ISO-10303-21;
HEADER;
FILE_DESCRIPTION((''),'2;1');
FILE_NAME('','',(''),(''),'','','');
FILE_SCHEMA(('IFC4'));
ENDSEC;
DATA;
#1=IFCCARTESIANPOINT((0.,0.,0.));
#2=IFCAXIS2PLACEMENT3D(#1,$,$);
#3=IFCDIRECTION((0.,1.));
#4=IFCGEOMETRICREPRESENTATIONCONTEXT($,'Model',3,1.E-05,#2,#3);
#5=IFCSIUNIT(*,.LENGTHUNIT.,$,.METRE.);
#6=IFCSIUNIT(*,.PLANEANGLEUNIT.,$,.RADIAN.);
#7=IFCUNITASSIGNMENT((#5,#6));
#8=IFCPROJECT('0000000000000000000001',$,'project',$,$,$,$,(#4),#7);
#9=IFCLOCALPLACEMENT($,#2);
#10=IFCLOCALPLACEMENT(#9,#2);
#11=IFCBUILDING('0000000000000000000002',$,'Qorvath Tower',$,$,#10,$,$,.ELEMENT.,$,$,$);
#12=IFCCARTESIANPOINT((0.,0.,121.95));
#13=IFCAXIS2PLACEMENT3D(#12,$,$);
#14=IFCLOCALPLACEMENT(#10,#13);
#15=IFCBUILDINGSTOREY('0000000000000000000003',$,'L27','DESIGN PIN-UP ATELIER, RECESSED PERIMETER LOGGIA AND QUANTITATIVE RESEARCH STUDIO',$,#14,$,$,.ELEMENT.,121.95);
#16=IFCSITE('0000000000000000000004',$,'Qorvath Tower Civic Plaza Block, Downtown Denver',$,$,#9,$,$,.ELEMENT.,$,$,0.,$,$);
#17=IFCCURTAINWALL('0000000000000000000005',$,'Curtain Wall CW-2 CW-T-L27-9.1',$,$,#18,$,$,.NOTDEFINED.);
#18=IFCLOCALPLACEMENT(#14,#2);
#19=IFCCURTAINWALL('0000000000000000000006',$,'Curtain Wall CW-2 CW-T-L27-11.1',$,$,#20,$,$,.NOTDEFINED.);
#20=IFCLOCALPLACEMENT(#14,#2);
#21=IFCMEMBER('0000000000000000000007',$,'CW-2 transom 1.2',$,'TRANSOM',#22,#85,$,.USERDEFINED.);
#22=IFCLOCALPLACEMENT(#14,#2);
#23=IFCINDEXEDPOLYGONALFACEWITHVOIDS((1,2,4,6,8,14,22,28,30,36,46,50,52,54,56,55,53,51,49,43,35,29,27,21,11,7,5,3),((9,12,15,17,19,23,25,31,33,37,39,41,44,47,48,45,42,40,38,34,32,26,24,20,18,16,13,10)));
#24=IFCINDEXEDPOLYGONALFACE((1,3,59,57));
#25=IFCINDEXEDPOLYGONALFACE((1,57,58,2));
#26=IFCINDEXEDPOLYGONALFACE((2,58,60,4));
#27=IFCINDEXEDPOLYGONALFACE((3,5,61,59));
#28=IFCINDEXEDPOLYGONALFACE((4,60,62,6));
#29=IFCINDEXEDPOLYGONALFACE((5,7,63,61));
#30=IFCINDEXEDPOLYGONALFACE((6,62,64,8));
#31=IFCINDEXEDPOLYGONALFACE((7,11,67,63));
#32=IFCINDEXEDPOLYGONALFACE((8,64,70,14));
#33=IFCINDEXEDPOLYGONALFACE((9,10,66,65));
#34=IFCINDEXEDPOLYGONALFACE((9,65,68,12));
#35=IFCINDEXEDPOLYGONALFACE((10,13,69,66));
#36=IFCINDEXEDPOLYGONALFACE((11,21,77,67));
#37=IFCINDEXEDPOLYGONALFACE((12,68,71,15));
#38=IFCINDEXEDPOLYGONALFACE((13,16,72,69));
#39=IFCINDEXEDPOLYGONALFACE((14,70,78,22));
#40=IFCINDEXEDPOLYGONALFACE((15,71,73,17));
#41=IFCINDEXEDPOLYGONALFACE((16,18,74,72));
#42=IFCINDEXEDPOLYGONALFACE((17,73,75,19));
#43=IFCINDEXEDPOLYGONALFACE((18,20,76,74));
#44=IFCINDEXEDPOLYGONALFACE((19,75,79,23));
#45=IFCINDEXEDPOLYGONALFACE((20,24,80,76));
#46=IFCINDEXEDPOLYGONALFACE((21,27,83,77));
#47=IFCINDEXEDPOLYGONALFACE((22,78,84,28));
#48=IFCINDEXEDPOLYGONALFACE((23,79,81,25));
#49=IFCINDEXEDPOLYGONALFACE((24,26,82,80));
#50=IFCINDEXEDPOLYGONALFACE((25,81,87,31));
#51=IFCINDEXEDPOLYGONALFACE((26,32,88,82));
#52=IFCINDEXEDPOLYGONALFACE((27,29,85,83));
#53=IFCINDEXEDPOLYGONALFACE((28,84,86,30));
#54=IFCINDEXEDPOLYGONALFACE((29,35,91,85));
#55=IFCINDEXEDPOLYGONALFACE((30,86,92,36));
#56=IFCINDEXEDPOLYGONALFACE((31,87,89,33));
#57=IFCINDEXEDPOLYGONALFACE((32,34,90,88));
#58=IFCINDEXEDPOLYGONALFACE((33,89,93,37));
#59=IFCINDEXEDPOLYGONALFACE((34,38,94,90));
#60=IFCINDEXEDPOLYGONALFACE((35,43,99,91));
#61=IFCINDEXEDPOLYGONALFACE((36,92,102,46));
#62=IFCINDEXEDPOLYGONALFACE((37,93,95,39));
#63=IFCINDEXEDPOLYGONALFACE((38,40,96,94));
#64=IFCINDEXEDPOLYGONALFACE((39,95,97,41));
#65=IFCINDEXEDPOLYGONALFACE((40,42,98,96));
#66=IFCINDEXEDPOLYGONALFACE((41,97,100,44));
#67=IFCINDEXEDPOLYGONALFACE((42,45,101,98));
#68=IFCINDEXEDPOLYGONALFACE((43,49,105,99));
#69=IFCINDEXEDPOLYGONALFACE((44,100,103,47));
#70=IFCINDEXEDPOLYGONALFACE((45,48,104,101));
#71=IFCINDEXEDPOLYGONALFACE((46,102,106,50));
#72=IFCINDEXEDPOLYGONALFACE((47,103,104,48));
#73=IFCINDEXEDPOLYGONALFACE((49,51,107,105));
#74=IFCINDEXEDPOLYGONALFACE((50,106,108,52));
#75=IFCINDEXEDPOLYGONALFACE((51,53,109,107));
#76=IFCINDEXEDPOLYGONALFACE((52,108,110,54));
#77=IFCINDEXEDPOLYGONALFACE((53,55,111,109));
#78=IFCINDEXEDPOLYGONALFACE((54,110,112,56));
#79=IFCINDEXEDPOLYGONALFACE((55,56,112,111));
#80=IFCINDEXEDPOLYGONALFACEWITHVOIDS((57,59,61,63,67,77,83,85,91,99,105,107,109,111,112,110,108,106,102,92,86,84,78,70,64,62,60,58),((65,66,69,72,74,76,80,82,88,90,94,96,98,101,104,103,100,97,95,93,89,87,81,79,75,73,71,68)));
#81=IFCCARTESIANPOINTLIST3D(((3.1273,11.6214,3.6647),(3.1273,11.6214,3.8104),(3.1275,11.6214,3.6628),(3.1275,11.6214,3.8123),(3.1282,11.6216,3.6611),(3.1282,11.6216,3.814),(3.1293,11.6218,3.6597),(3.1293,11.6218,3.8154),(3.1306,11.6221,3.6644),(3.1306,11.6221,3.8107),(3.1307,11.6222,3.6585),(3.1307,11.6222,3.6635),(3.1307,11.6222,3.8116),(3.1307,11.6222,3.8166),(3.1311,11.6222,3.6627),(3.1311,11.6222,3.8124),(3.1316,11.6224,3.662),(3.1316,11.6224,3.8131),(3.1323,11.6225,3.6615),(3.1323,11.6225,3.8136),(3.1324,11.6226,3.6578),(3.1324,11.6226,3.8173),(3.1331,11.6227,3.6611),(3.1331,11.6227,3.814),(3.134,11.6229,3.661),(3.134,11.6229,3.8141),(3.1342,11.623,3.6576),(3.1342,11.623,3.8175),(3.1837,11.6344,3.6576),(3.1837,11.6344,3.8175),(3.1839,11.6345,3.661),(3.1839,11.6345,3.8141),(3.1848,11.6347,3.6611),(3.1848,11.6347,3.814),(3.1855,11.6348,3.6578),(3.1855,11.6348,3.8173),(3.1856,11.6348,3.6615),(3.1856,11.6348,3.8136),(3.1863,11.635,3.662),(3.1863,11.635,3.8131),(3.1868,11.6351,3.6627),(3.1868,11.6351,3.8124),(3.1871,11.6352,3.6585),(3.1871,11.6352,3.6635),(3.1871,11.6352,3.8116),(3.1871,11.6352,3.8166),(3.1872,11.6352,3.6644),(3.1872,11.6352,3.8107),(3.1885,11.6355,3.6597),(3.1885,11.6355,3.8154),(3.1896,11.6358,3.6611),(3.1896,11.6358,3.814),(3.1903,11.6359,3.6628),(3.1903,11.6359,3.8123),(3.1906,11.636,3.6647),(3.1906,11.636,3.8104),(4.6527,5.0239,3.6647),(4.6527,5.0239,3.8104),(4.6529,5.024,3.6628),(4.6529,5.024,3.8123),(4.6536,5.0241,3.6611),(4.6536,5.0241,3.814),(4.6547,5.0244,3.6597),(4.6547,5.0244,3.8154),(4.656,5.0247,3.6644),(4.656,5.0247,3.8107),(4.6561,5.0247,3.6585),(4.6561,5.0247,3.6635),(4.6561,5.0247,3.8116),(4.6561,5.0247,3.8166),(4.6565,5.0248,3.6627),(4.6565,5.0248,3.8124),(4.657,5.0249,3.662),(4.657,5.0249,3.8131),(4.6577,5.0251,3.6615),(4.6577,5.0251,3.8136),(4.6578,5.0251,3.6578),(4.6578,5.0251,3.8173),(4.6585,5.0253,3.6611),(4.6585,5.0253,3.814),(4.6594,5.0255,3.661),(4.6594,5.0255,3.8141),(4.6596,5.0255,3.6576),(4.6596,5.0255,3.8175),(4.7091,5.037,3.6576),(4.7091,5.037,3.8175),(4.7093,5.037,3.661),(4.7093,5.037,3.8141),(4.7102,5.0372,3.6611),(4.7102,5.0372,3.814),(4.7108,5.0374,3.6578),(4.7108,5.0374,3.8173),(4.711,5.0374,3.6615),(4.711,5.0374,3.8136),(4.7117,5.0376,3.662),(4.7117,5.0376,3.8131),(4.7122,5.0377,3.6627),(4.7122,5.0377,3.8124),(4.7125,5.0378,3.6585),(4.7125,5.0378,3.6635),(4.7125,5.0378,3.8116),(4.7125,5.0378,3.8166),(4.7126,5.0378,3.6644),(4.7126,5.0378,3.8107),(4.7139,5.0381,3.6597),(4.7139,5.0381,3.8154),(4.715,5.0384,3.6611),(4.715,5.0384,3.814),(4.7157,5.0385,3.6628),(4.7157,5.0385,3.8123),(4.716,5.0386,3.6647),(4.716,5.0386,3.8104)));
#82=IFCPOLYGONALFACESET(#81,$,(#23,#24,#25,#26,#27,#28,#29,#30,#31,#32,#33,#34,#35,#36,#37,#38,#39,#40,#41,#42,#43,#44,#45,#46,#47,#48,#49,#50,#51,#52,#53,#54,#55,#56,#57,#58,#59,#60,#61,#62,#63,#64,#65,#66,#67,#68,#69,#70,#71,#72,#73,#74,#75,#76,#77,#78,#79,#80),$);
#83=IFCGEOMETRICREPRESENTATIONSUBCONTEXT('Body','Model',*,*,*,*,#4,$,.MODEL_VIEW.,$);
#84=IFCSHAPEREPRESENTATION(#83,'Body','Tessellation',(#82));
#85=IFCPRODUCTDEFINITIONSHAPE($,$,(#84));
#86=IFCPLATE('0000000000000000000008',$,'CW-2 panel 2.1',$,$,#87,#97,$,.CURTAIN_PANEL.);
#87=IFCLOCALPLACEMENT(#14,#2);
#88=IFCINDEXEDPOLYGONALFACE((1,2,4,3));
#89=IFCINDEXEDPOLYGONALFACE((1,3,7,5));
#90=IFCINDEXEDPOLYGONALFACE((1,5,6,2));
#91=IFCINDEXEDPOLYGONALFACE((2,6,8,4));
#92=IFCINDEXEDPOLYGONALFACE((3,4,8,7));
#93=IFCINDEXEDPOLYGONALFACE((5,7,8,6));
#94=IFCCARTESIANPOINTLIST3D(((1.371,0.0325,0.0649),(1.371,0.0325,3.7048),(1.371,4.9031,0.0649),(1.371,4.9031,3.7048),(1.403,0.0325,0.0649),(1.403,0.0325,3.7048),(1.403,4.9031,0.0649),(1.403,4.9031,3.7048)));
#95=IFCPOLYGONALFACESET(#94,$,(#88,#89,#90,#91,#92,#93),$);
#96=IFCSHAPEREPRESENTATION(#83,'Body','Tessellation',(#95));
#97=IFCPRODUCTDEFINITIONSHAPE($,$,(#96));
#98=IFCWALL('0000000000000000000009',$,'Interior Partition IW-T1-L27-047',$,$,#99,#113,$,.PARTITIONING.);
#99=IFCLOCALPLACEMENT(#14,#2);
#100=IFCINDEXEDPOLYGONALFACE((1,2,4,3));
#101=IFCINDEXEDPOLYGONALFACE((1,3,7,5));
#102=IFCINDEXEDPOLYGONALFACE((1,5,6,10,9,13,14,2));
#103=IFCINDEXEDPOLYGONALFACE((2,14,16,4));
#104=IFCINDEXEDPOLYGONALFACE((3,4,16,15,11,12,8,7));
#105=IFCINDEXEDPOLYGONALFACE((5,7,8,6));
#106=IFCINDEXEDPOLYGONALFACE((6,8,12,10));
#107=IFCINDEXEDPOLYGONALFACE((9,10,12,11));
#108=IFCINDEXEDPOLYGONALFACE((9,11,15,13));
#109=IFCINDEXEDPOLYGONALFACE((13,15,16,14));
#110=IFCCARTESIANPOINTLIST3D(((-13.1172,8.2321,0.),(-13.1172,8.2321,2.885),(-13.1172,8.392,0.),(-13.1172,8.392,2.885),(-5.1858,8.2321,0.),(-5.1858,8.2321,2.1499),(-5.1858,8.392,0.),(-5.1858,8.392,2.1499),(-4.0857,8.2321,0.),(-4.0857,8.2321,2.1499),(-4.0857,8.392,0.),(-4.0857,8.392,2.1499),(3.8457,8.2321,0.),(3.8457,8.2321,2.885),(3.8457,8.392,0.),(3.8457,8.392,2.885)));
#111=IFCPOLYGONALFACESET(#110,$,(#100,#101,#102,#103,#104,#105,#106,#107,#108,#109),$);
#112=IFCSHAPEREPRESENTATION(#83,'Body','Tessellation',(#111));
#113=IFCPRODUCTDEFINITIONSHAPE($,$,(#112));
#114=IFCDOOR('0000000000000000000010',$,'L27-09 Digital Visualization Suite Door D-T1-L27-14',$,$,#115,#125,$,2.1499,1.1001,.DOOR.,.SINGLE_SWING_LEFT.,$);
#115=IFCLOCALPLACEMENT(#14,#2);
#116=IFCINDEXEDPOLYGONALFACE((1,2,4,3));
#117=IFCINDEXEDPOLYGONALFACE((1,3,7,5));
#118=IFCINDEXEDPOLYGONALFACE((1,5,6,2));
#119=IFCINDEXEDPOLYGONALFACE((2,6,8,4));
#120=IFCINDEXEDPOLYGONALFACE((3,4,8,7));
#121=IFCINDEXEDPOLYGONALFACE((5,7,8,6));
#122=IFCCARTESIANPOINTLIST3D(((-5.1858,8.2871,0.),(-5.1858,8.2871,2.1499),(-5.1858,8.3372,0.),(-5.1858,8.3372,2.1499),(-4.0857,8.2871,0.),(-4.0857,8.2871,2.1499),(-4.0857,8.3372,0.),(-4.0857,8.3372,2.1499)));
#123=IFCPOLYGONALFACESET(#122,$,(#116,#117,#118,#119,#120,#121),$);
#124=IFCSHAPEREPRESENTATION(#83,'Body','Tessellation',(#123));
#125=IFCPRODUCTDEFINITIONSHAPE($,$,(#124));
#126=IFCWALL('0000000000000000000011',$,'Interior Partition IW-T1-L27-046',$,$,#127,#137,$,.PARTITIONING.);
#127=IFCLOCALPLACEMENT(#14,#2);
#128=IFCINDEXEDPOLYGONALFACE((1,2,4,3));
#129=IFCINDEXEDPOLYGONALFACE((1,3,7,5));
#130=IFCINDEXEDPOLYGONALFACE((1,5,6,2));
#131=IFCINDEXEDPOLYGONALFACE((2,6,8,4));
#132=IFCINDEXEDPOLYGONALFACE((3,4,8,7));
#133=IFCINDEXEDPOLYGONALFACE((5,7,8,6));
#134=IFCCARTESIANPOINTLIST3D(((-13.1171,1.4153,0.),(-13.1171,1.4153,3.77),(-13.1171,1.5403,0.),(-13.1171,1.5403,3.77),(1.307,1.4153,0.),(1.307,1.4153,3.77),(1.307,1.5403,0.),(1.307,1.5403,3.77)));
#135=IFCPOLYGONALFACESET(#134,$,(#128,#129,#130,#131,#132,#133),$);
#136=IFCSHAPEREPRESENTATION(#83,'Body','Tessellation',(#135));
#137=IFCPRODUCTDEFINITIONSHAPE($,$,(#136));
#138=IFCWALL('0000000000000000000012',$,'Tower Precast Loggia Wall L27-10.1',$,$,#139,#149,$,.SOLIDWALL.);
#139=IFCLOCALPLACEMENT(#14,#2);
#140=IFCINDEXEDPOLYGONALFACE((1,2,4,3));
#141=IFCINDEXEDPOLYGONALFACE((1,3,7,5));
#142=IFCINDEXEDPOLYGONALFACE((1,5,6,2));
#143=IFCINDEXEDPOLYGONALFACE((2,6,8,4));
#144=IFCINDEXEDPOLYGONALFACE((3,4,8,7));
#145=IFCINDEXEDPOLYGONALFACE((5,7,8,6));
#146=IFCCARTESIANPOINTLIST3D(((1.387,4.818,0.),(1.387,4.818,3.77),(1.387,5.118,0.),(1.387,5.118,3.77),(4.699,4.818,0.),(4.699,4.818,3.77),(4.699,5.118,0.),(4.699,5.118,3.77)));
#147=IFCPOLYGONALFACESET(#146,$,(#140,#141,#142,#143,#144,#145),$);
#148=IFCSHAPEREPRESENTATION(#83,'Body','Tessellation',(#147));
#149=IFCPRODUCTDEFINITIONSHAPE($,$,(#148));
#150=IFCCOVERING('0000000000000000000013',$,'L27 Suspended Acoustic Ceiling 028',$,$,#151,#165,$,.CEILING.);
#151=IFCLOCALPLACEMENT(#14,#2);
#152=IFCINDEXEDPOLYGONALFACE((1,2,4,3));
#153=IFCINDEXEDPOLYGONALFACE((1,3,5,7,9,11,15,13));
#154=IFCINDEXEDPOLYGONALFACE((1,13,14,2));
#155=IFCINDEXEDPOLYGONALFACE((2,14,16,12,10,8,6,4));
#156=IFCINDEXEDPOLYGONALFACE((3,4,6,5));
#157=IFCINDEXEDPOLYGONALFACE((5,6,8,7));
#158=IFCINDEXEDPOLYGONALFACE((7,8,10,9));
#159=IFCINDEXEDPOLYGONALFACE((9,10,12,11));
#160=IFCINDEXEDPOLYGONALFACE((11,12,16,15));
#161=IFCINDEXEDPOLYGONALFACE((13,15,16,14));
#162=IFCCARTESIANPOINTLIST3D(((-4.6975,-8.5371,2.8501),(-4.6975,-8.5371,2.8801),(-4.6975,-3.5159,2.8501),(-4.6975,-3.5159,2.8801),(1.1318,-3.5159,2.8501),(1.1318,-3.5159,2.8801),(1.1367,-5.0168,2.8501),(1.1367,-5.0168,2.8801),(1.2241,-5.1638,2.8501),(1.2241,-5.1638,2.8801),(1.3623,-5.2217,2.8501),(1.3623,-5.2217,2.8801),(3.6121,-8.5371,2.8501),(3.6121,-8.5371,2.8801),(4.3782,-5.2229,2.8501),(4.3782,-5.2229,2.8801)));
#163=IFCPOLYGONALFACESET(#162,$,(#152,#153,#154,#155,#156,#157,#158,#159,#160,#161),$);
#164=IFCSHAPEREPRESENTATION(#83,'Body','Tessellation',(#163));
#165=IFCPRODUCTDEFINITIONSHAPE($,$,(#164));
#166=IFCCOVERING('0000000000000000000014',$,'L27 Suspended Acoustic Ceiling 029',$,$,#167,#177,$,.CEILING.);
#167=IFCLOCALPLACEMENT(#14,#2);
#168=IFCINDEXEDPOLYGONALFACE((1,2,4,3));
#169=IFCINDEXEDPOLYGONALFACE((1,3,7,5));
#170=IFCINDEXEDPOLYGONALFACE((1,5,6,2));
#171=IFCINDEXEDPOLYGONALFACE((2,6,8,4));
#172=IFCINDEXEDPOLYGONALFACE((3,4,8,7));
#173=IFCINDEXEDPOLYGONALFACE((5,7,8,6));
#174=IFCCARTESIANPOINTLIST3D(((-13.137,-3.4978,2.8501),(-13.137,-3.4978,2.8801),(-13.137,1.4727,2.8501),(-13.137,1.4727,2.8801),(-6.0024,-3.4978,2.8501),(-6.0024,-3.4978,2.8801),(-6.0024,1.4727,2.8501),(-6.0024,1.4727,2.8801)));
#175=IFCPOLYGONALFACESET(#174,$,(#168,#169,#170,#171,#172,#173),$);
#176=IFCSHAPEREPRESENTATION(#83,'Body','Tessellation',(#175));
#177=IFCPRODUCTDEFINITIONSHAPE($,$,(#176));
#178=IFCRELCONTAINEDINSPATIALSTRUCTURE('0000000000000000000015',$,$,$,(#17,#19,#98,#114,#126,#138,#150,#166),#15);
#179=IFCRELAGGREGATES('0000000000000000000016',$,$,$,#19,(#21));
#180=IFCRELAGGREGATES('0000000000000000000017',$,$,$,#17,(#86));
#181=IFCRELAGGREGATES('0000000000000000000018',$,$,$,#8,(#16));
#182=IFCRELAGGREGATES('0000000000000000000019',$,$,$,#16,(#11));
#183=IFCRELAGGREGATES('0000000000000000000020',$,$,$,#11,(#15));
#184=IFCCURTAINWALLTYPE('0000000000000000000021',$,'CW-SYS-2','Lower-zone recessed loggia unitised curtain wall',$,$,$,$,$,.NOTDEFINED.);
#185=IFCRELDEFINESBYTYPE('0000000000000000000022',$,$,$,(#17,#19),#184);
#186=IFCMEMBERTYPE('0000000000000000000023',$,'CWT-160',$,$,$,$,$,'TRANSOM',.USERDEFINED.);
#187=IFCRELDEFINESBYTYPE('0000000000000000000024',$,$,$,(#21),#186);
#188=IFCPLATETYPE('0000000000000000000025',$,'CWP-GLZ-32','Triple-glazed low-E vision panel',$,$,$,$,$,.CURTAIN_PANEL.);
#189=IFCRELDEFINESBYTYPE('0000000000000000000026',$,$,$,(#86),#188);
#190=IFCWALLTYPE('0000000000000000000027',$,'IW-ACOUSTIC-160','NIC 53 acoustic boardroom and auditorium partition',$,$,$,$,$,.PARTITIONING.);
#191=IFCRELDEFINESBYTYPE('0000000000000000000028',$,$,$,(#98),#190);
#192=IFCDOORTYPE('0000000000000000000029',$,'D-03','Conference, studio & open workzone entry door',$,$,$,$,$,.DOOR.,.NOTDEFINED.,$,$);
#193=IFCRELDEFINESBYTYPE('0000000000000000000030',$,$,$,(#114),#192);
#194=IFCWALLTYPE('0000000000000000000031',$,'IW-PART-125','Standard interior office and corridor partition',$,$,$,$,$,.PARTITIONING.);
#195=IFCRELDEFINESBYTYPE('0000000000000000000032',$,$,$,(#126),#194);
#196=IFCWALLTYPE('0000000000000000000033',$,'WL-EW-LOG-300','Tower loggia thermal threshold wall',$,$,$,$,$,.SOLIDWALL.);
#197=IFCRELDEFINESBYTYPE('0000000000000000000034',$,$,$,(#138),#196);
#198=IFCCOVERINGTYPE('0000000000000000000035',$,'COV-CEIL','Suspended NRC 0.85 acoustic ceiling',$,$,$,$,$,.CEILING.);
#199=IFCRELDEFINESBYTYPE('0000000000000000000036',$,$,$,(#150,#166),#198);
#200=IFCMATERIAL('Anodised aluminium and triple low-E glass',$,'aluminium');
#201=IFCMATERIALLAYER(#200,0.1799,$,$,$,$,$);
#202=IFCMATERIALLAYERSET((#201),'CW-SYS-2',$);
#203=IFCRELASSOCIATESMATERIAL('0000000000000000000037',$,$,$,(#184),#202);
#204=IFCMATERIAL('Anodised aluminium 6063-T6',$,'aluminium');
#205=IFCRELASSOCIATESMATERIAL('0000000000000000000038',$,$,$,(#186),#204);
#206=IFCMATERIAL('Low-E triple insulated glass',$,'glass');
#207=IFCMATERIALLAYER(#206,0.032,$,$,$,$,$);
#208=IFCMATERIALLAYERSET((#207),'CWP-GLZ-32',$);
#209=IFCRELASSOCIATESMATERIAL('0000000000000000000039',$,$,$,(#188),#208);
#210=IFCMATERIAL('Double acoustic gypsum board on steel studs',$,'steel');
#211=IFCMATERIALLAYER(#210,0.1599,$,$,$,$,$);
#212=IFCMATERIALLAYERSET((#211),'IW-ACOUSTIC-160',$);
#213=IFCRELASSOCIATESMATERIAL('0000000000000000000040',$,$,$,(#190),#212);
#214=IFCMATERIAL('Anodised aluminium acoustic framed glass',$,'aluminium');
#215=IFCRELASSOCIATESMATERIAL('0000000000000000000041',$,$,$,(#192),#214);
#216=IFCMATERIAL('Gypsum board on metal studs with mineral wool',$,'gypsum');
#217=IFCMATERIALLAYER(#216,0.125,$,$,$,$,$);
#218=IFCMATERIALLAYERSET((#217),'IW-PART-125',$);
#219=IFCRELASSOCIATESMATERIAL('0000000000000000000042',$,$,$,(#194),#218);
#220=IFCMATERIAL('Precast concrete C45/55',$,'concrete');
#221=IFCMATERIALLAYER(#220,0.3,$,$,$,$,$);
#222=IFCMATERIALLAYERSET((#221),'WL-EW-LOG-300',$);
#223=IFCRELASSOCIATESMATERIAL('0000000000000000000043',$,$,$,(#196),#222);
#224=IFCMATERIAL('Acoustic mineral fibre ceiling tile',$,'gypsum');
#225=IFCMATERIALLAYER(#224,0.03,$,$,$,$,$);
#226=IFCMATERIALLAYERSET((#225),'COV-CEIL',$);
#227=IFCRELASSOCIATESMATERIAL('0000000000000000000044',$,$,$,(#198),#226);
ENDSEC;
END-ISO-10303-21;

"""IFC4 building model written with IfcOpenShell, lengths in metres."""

from ifc_helpers import new_model, si_unit, direction, frame, frame_2d, origin, origin_2d, place, context, subcontext, project, spatial, polyline, rectangle, hollow_rectangle, outline, extrude, material, layer, layer_set, material_profile, profile_set, type_object, element, fill, aggregate, save


model = new_model("IFC4")

# Units and contexts
model_context = context("Model", 3, precision=1e-05, world=origin(), true_north=direction((0.0, 1.0)))
body_context = subcontext(model_context, "Body", "Model", "MODEL_VIEW")
ifc_project = project(units=[si_unit("LENGTHUNIT", "METRE"), si_unit("PLANEANGLEUNIT", "RADIAN")], contexts=[model_context])

# Site, building, storey
site_placement = place(None, origin())
site = spatial("IfcSite", under=ifc_project, at=site_placement, Name="Qorvath Tower Civic Plaza Block, Downtown Denver", CompositionType="ELEMENT", RefElevation=0.0)
building_placement = place(site_placement, origin())
building = spatial("IfcBuilding", under=site, at=building_placement, Name="Qorvath Tower", CompositionType="ELEMENT")
storey_placement = place(building_placement, frame((0.0, 0.0, 121.95)))
storey = spatial("IfcBuildingStorey", under=building, at=storey_placement, Name="L27", Description="DESIGN PIN-UP ATELIER, RECESSED PERIMETER LOGGIA AND QUANTITATIVE RESEARCH STUDIO", CompositionType="ELEMENT", Elevation=121.95)

# Curtain wall
ifc_material_1 = material(Name="Anodised aluminium and triple low-E glass", Category="aluminium")
ifc_layer_1 = layer(ifc_material_1, 0.1799)
ifc_layer_set_1 = layer_set([ifc_layer_1], Name="CW-SYS-2")
curtain_wall_type = type_object("IfcCurtainWallType", Name="CW-SYS-2", Description="Lower-zone recessed loggia unitised curtain wall", PredefinedType="NOTDEFINED", material=ifc_layer_set_1)
curtain_wall_1_placement = place(storey_placement, origin())
curtain_wall_1 = element("IfcCurtainWall", 1, at=curtain_wall_1_placement, inside=storey, type_object=curtain_wall_type, Name="Curtain Wall CW-2 CW-T-L27-9.1", PredefinedType="NOTDEFINED")

# Curtain wall
curtain_wall_2_placement = place(storey_placement, origin())
curtain_wall_2 = element("IfcCurtainWall", 2, at=curtain_wall_2_placement, inside=storey, type_object=curtain_wall_type, Name="Curtain Wall CW-2 CW-T-L27-11.1", PredefinedType="NOTDEFINED")

# Member
ifc_material_2 = material(Name="Anodised aluminium 6063-T6", Category="aluminium")
ifc_material_profile_1 = material_profile(ifc_material_2, hollow_rectangle(XDim=0.0649, YDim=0.1599, WallThickness=0.0034, InnerFilletRadius=0.0034, OuterFilletRadius=0.0071, at=origin_2d()), Name="CWT 160x65")
ifc_profile_set_1 = profile_set([ifc_material_profile_1], Name="Anodised aluminium 6063-T6")
member_type_1 = type_object("IfcMemberType", Name="CWT-160", ElementType="TRANSOM", PredefinedType="USERDEFINED", material=ifc_profile_set_1)
member_1_placement = place(storey_placement, frame((4.6843, 5.0312, 3.7375), z_axis=(-0.225268, 0.974297, 0.0), x_axis=(-0.974297, -0.225268, 0.0)))
member_1 = element("IfcMember", 3, at=member_1_placement, type_object=member_type_1, Name="CW-2 transom 1.2", ObjectType="TRANSOM", PredefinedType="USERDEFINED", context=body_context, shape_type="SweptSolid", body=[
    extrude(hollow_rectangle(XDim=0.0649, YDim=0.1599, WallThickness=0.0034, InnerFilletRadius=0.0034, OuterFilletRadius=0.0071, at=origin_2d()), origin(), (0.0, 0.0, 1.0), 6.7715),
])
aggregate(curtain_wall_2, [member_1])

# Plate
ifc_material_3 = material(Name="Low-E triple insulated glass", Category="glass")
ifc_layer_2 = layer(ifc_material_3, 0.032)
ifc_layer_set_2 = layer_set([ifc_layer_2], Name="CWP-GLZ-32")
plate_type = type_object("IfcPlateType", Name="CWP-GLZ-32", Description="Triple-glazed low-E vision panel", PredefinedType="CURTAIN_PANEL", material=ifc_layer_set_2)
plate_placement = place(storey_placement, frame((1.387, 2.4678, 0.0649), z_axis=(0.0, 0.0, 1.0), x_axis=(0.0, 1.0, 0.0)))
plate = element("IfcPlate", 4, at=plate_placement, type_object=plate_type, Name="CW-2 panel 2.1", PredefinedType="CURTAIN_PANEL", context=body_context, shape_type="SweptSolid", body=[
    extrude(rectangle(XDim=4.8706, YDim=0.032, at=origin_2d()), origin(), (0.0, 0.0, 1.0), 3.6399),
])
aggregate(curtain_wall_1, [plate])

# Wall, opening, door
ifc_material_4 = material(Name="Double acoustic gypsum board on steel studs", Category="steel")
ifc_layer_3 = layer(ifc_material_4, 0.1599)
ifc_layer_set_3 = layer_set([ifc_layer_3], Name="IW-ACOUSTIC-160")
wall_type_1 = type_object("IfcWallType", Name="IW-ACOUSTIC-160", Description="NIC 53 acoustic boardroom and auditorium partition", PredefinedType="PARTITIONING", material=ifc_layer_set_3)
wall_1_placement = place(storey_placement, frame((3.8457, 8.312, 0.0), z_axis=(0.0, 0.0, 1.0), x_axis=(-1.0, 0.0, 0.0)))
wall_1 = element("IfcWall", 5, at=wall_1_placement, inside=storey, type_object=wall_type_1, Name="Interior Partition IW-T1-L27-047", PredefinedType="PARTITIONING", context=body_context, shape_type="SweptSolid", body=[
    extrude(rectangle(XDim=16.9629, YDim=0.1599, at=frame_2d((8.4814, 0.0))), origin(), (0.0, 0.0, 1.0), 2.885),
])
opening_placement = place(wall_1_placement, frame((7.9314, 0.0, 0.0)))
opening = element("IfcOpeningElement", 6, at=opening_placement, cuts=wall_1, PredefinedType="OPENING", context=body_context, shape_type="SweptSolid", body=[
    extrude(rectangle(XDim=1.1001, YDim=2.1499, at=frame_2d((0.55, 1.075))), frame((0.0, 0.0898, 0.0), z_axis=(0.0, -1.0, 0.0), x_axis=(1.0, 0.0, 0.0)), (0.0, 0.0, 1.0), 0.1799),
])
ifc_material_5 = material(Name="Anodised aluminium acoustic framed glass", Category="aluminium")
door_type = type_object("IfcDoorType", Name="D-03", Description="Conference, studio & open workzone entry door", OperationType="NOTDEFINED", PredefinedType="DOOR", material=ifc_material_5)
door_placement = place(opening_placement, origin())
door = element("IfcDoor", 7, at=door_placement, inside=storey, type_object=door_type, Name="L27-09 Digital Visualization Suite Door D-T1-L27-14", OperationType="SINGLE_SWING_LEFT", OverallHeight=2.1499, OverallWidth=1.1001, PredefinedType="DOOR", context=body_context, shape_type="SweptSolid", body=[
    extrude(rectangle(XDim=1.1001, YDim=2.1499, at=frame_2d((0.55, 1.075))), frame((0.0, 0.0249, 0.0), z_axis=(0.0, -1.0, 0.0), x_axis=(1.0, 0.0, 0.0)), (0.0, 0.0, 1.0), 0.05),
])
fill(opening, door)

# Walls
ifc_material_6 = material(Name="Gypsum board on metal studs with mineral wool", Category="gypsum")
ifc_layer_4 = layer(ifc_material_6, 0.125)
ifc_layer_set_4 = layer_set([ifc_layer_4], Name="IW-PART-125")
wall_type_2 = type_object("IfcWallType", Name="IW-PART-125", Description="Standard interior office and corridor partition", PredefinedType="PARTITIONING", material=ifc_layer_set_4)
wall_2_placement = place(storey_placement, frame((1.3069, 1.4778, 0.0), z_axis=(0.0, 0.0, 1.0), x_axis=(-1.0, 0.0, 0.0)))
element("IfcWall", 8, at=wall_2_placement, inside=storey, type_object=wall_type_2, Name="Interior Partition IW-T1-L27-046", PredefinedType="PARTITIONING", context=body_context, shape_type="SweptSolid", body=[
    extrude(rectangle(XDim=14.4241, YDim=0.125, at=frame_2d((7.2119, 0.0))), origin(), (0.0, 0.0, 1.0), 3.77),
])
ifc_material_7 = material(Name="Precast concrete C45/55", Category="concrete")
ifc_layer_5 = layer(ifc_material_7, 0.3)
ifc_layer_set_5 = layer_set([ifc_layer_5], Name="WL-EW-LOG-300")
wall_type_3 = type_object("IfcWallType", Name="WL-EW-LOG-300", Description="Tower loggia thermal threshold wall", PredefinedType="SOLIDWALL", material=ifc_layer_set_5)
wall_3_placement = place(storey_placement, frame((1.387, 4.968, 0.0), z_axis=(0.0, 0.0, 1.0), x_axis=(1.0, 0.0, 0.0)))
element("IfcWall", 9, at=wall_3_placement, inside=storey, type_object=wall_type_3, Name="Tower Precast Loggia Wall L27-10.1", PredefinedType="SOLIDWALL", context=body_context, shape_type="SweptSolid", body=[
    extrude(rectangle(XDim=3.312, YDim=0.3, at=frame_2d((1.656, 0.0))), origin(), (0.0, 0.0, 1.0), 3.77),
])

# Coverings
ifc_material_8 = material(Name="Acoustic mineral fibre ceiling tile", Category="gypsum")
ifc_layer_6 = layer(ifc_material_8, 0.03)
ifc_layer_set_6 = layer_set([ifc_layer_6], Name="COV-CEIL")
covering_type_1 = type_object("IfcCoveringType", Name="COV-CEIL", Description="Suspended NRC 0.85 acoustic ceiling", PredefinedType="CEILING", material=ifc_layer_set_6)
covering_1_placement = place(storey_placement, frame((0.0, 0.0, 2.8501)))
element("IfcCovering", 10, at=covering_1_placement, inside=storey, type_object=covering_type_1, Name="L27 Suspended Acoustic Ceiling 028", PredefinedType="CEILING", context=body_context, shape_type="SweptSolid", body=[
    extrude(outline(polyline([(1.2241, -5.1638), (1.1367, -5.0168), (1.1318, -3.5159), (-4.6975, -3.5159), (-4.6975, -8.5371), (3.6121, -8.5371), (4.3782, -5.2229), (1.3623, -5.2217), (1.2241, -5.1638)])), origin(), (0.0, 0.0, 1.0), 0.03),
])
covering_2_placement = place(storey_placement, frame((0.0, 0.0, 2.8501)))
element("IfcCovering", 11, at=covering_2_placement, inside=storey, type_object=covering_type_1, Name="L27 Suspended Acoustic Ceiling 029", PredefinedType="CEILING", context=body_context, shape_type="SweptSolid", body=[
    extrude(outline(polyline([(-13.137, -3.4978), (-6.0024, -3.4978), (-6.0024, 1.4727), (-13.137, 1.4727), (-13.137, -3.4978)])), origin(), (0.0, 0.0, 1.0), 0.03),
])

save(model, "model.ifc")
